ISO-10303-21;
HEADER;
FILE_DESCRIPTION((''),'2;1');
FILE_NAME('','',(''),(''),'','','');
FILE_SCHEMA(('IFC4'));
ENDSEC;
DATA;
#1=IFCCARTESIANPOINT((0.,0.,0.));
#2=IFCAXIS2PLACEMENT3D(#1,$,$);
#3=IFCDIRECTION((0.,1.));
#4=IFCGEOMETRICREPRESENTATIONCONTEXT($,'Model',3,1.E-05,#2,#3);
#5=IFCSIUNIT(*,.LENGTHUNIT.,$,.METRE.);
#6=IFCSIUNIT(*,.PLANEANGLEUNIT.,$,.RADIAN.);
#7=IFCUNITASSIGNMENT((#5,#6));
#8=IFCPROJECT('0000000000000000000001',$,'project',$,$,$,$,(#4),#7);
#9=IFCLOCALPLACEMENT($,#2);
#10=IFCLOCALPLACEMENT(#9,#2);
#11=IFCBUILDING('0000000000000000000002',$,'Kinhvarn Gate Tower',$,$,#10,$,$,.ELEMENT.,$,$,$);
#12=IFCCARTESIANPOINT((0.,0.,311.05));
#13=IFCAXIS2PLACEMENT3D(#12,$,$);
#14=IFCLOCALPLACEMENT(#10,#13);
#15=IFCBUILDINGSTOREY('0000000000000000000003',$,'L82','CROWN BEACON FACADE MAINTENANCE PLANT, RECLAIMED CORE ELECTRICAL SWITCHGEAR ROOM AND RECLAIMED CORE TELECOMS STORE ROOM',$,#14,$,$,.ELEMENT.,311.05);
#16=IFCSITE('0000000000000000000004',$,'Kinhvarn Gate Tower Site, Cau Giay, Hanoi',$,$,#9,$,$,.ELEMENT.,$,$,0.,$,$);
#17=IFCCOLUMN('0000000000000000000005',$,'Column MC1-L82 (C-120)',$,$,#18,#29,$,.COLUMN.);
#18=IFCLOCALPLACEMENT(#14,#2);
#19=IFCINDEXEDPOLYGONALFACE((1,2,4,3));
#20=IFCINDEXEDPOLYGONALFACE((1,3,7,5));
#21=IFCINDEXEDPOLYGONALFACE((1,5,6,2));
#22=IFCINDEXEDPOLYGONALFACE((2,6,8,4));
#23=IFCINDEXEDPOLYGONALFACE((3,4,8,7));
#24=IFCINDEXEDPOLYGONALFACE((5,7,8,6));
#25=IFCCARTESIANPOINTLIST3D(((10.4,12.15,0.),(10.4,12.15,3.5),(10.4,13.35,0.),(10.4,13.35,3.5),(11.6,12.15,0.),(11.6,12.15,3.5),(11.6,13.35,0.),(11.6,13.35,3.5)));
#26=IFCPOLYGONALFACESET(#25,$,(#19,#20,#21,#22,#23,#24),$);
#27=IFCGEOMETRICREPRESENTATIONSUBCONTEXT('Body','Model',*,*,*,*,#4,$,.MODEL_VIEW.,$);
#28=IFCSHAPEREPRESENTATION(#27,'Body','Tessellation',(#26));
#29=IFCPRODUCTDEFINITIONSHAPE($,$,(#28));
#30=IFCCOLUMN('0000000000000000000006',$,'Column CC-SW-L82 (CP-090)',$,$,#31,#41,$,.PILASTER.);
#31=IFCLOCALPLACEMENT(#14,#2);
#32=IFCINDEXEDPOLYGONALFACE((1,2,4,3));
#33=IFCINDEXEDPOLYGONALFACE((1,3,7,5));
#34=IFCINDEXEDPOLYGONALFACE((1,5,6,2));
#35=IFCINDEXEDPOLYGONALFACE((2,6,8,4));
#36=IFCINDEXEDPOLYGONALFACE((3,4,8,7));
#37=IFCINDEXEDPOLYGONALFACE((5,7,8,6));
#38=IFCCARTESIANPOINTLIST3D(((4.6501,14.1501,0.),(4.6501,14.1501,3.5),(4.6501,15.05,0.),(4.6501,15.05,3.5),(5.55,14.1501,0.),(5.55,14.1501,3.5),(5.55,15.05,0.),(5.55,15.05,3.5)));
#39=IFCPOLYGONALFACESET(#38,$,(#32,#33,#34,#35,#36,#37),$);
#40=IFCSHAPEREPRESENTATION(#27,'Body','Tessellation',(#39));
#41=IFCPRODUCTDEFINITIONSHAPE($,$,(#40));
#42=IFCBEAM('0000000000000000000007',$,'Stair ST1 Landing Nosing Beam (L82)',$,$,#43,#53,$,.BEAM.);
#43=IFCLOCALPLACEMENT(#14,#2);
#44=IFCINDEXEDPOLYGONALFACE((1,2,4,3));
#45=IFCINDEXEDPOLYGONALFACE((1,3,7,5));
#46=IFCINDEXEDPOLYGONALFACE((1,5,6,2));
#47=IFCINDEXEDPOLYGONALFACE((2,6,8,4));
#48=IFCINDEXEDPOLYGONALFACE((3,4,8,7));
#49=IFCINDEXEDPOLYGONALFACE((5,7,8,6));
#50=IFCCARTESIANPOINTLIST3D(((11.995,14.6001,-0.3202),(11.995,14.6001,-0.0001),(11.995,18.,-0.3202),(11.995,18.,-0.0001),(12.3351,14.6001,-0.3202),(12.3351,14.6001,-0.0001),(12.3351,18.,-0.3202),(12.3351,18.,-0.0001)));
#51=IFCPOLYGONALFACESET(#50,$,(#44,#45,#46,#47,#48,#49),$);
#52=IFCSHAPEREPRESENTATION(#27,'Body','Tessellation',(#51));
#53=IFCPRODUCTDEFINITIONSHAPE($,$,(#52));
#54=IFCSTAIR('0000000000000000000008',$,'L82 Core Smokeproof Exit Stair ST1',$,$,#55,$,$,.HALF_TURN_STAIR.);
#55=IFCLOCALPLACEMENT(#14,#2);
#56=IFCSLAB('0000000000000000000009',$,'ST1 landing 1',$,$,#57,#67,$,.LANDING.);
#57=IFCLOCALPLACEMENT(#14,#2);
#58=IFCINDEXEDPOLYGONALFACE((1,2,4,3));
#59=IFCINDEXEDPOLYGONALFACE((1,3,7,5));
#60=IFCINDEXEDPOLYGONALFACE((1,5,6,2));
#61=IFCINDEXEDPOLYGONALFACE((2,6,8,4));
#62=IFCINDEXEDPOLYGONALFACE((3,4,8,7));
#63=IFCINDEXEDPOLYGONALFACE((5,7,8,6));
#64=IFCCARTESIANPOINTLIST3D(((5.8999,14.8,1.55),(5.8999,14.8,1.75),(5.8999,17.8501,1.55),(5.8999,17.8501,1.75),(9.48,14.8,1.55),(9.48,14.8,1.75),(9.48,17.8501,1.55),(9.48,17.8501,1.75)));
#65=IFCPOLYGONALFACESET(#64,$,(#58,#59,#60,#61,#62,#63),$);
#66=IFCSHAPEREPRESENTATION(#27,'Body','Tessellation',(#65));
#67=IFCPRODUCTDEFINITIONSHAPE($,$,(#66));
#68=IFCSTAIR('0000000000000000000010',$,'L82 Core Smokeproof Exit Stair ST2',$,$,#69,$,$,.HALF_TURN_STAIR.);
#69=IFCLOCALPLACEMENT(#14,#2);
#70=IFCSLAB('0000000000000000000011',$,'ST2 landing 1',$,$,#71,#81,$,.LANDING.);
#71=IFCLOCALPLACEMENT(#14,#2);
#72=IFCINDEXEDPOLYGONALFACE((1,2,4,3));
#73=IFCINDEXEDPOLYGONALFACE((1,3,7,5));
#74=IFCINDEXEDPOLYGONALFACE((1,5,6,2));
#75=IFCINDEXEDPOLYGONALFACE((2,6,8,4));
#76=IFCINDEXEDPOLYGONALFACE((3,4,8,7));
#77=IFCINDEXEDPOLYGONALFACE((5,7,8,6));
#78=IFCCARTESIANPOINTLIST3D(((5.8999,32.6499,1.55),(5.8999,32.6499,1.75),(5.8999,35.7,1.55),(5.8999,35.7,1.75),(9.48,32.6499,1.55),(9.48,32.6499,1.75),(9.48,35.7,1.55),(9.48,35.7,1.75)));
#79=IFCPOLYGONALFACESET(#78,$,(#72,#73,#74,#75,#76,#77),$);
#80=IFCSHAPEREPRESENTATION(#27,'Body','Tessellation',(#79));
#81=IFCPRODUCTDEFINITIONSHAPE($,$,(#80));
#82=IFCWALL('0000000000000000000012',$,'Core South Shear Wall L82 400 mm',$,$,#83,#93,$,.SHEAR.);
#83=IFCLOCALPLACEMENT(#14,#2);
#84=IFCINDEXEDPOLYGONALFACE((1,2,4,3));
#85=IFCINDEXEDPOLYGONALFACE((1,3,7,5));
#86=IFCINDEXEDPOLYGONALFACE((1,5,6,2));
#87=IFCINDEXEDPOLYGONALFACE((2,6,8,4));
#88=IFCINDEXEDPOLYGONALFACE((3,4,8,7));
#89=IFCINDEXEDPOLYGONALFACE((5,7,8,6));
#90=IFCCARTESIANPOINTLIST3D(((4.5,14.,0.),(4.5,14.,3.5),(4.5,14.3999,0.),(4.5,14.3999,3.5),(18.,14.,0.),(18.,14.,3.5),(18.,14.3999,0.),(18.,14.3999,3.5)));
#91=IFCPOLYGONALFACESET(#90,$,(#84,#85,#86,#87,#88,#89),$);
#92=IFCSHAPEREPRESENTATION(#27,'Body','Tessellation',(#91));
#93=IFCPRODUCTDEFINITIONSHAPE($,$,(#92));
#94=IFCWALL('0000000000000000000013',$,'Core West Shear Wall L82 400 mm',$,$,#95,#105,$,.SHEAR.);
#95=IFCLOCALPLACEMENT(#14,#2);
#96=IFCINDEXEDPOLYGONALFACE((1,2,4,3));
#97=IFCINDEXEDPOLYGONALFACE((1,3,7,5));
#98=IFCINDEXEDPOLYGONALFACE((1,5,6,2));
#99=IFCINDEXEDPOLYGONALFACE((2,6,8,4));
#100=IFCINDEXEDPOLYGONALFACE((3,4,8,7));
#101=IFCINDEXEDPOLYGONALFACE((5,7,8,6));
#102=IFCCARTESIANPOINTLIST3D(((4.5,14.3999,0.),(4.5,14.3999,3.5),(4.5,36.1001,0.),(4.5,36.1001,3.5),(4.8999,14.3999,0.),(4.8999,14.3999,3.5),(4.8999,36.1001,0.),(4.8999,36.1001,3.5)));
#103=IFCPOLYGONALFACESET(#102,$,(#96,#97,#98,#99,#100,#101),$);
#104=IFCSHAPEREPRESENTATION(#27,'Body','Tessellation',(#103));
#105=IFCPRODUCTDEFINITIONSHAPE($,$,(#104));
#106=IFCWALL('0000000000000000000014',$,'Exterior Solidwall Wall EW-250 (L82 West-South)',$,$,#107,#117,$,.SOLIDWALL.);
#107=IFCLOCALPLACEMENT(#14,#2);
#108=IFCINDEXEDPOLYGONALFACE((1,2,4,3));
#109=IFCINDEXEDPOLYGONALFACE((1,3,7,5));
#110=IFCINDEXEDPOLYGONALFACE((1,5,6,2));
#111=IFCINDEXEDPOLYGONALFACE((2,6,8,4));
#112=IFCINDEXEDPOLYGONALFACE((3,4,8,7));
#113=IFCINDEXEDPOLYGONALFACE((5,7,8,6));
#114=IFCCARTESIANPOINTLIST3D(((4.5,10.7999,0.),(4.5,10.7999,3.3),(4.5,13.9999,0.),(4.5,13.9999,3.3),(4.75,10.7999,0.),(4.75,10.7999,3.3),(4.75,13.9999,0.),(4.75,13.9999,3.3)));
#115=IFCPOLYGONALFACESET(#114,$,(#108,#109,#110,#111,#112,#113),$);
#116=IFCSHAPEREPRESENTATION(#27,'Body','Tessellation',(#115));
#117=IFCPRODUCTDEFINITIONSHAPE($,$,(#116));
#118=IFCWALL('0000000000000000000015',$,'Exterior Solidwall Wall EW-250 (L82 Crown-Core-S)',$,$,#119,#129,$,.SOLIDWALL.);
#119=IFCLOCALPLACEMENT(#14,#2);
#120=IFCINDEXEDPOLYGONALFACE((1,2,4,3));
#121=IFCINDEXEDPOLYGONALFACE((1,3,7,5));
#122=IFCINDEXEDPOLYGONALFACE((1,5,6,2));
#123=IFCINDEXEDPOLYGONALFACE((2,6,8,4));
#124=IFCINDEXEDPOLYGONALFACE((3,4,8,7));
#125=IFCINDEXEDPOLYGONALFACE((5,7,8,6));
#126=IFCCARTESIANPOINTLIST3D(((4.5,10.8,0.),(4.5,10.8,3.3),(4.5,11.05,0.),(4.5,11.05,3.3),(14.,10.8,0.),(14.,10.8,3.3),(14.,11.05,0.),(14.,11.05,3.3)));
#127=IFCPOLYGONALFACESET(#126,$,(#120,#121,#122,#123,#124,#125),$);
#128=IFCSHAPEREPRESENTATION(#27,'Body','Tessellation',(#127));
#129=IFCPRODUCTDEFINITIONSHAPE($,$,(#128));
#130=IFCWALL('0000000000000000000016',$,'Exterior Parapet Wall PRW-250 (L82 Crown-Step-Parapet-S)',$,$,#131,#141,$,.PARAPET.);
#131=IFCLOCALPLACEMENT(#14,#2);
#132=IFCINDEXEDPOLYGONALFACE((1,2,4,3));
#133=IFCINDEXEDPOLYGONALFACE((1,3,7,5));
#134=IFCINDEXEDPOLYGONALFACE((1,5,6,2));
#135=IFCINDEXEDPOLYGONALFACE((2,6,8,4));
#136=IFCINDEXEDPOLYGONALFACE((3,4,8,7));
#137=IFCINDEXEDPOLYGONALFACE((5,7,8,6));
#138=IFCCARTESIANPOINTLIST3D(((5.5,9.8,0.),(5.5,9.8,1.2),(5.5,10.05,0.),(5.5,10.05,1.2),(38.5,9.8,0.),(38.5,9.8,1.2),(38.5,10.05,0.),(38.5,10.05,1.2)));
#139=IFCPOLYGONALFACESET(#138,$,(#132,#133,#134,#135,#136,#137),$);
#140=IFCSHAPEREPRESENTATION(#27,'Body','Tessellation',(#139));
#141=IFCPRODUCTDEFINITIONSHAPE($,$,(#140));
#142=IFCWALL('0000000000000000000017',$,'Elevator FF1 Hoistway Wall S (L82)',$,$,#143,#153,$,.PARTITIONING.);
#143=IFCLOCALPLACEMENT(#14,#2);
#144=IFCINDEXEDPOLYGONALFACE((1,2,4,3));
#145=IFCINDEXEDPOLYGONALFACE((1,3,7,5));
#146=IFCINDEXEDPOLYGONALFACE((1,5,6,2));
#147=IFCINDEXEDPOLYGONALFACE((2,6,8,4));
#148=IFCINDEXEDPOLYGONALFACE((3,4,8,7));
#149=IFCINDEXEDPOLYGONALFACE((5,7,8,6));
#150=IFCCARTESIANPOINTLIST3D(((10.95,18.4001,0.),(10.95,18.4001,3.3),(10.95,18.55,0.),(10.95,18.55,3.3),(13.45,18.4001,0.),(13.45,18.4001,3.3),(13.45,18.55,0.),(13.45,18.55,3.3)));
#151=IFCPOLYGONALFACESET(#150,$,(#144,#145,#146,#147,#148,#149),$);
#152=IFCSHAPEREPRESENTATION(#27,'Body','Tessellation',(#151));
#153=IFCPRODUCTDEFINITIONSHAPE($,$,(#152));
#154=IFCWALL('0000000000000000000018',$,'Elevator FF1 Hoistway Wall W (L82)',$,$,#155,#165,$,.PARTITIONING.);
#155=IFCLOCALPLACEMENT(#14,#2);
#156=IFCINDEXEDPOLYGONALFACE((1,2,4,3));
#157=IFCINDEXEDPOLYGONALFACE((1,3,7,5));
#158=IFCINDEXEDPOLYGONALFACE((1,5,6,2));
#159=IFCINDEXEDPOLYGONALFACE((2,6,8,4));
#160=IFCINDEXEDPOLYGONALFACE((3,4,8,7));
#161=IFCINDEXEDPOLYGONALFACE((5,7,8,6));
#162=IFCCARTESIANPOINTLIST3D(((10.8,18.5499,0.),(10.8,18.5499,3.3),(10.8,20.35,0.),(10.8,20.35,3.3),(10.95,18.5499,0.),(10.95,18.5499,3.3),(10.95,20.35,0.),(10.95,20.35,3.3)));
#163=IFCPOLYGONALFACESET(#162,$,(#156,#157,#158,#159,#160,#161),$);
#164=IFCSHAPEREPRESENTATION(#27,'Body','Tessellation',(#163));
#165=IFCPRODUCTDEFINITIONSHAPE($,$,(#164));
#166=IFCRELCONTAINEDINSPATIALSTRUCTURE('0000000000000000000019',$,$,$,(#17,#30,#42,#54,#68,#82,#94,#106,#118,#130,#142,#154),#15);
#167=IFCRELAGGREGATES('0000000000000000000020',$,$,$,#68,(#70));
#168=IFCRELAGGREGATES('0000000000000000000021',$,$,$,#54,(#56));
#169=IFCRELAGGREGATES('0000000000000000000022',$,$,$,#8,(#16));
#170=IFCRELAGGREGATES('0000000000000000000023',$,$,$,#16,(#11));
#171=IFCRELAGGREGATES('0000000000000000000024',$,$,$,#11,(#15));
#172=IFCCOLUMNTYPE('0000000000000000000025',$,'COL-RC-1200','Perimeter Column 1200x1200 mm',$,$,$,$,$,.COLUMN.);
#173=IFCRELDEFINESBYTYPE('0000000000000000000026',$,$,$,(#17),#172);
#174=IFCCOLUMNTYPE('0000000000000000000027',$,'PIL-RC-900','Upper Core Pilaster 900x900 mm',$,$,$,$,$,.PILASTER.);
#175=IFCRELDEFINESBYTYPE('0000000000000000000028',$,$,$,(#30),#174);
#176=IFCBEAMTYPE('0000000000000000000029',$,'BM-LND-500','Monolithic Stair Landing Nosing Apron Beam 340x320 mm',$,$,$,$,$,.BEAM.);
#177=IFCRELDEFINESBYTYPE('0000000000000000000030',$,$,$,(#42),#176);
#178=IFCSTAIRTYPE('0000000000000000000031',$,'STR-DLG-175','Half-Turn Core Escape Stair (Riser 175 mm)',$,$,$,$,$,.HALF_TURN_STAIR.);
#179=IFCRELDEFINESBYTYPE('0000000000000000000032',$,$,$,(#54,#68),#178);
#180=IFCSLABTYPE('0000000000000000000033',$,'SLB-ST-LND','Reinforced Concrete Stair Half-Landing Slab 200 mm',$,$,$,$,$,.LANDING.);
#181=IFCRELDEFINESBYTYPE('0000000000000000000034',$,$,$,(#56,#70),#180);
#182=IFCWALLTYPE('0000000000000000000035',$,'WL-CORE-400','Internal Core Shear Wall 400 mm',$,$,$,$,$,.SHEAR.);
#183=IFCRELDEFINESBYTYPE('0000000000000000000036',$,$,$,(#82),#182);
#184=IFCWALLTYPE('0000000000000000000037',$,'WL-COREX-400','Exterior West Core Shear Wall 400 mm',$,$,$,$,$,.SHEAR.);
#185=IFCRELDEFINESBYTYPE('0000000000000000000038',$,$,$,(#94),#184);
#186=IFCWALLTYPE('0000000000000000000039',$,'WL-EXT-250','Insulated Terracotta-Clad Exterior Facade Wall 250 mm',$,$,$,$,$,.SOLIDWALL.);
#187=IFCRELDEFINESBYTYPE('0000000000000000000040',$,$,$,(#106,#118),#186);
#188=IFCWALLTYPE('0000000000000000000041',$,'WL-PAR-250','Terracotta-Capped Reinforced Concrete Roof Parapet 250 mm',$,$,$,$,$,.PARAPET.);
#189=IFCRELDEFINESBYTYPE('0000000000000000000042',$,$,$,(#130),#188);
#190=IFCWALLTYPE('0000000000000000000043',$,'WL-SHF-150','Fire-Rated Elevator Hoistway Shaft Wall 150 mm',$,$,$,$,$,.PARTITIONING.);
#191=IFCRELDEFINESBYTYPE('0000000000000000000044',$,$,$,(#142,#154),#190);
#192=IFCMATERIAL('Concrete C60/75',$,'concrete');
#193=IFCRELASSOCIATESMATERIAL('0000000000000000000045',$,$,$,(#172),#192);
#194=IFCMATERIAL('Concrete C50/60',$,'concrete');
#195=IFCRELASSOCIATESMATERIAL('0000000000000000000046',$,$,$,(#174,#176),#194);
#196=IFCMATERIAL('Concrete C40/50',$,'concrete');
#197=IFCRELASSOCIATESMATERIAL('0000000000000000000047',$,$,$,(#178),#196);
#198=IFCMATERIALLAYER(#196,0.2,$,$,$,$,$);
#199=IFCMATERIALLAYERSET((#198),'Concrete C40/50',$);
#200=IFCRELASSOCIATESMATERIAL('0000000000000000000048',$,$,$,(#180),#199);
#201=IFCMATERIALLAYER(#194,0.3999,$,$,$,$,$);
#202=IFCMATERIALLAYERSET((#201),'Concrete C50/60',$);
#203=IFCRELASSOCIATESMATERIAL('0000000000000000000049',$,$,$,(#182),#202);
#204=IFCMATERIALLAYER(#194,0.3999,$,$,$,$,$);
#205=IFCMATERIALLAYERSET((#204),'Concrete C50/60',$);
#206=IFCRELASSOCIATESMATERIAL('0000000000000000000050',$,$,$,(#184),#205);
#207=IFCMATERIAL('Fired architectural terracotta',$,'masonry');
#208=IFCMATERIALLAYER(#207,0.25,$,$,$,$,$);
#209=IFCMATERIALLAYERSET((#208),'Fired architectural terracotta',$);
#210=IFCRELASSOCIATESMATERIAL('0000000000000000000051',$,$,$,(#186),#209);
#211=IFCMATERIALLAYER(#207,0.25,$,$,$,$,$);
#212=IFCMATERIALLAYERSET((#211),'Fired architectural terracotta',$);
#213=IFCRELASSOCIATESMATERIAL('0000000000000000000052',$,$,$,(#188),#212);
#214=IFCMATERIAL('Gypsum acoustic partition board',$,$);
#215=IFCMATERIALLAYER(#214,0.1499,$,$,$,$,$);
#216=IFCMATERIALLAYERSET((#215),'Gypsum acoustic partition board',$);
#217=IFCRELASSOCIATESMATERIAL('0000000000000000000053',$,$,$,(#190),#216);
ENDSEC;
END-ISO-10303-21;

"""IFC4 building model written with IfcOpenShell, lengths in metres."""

from ifc_helpers import new_model, si_unit, direction, frame, frame_2d, origin, origin_2d, place, context, subcontext, project, spatial, polyline, rectangle, outline, extrude, material, layer, layer_set, material_profile, profile_set, type_object, element, aggregate, save


model = new_model("IFC4")

# Units and contexts
model_context = context("Model", 3, precision=1e-05, world=origin(), true_north=direction((0.0, 1.0)))
body_context = subcontext(model_context, "Body", "Model", "MODEL_VIEW")
ifc_project = project(units=[si_unit("LENGTHUNIT", "METRE"), si_unit("PLANEANGLEUNIT", "RADIAN")], contexts=[model_context])

# Site, building, storey
site_placement = place(None, origin())
site = spatial("IfcSite", under=ifc_project, at=site_placement, Name="Kinhvarn Gate Tower Site, Cau Giay, Hanoi", CompositionType="ELEMENT", RefElevation=0.0)
building_placement = place(site_placement, origin())
building = spatial("IfcBuilding", under=site, at=building_placement, Name="Kinhvarn Gate Tower", CompositionType="ELEMENT")
storey_placement = place(building_placement, frame((0.0, 0.0, 311.05)))
storey = spatial("IfcBuildingStorey", under=building, at=storey_placement, Name="L82", Description="CROWN BEACON FACADE MAINTENANCE PLANT, RECLAIMED CORE ELECTRICAL SWITCHGEAR ROOM AND RECLAIMED CORE TELECOMS STORE ROOM", CompositionType="ELEMENT", Elevation=311.05)

# Columns
ifc_material_1 = material(Name="Concrete C60/75", Category="concrete")
ifc_material_profile_1 = material_profile(ifc_material_1, rectangle(XDim=1.2, YDim=1.2, at=origin_2d()), Name="RC 1200x1200")
ifc_profile_set_1 = profile_set([ifc_material_profile_1], Name="Concrete C60/75")
column_type_1 = type_object("IfcColumnType", Name="COL-RC-1200", Description="Perimeter Column 1200x1200 mm", PredefinedType="COLUMN", material=ifc_profile_set_1)
column_1_placement = place(storey_placement, frame((11.0, 12.75, 0.0), z_axis=(0.0, 0.0, 1.0), x_axis=(1.0, 0.0, 0.0)))
element("IfcColumn", 1, at=column_1_placement, inside=storey, type_object=column_type_1, Name="Column MC1-L82 (C-120)", PredefinedType="COLUMN", context=body_context, shape_type="SweptSolid", body=[
    extrude(rectangle(XDim=1.2, YDim=1.2, at=origin_2d()), origin(), (0.0, 0.0, 1.0), 3.5),
])
ifc_material_2 = material(Name="Concrete C50/60", Category="concrete")
ifc_material_profile_2 = material_profile(ifc_material_2, rectangle(XDim=0.8999, YDim=0.8999, at=origin_2d()), Name="RC 900x900")
ifc_profile_set_2 = profile_set([ifc_material_profile_2], Name="Concrete C50/60")
column_type_2 = type_object("IfcColumnType", Name="PIL-RC-900", Description="Upper Core Pilaster 900x900 mm", PredefinedType="PILASTER", material=ifc_profile_set_2)
column_2_placement = place(storey_placement, frame((5.1001, 14.6001, 0.0), z_axis=(0.0, 0.0, 1.0), x_axis=(1.0, 0.0, 0.0)))
element("IfcColumn", 2, at=column_2_placement, inside=storey, type_object=column_type_2, Name="Column CC-SW-L82 (CP-090)", PredefinedType="PILASTER", context=body_context, shape_type="SweptSolid", body=[
    extrude(rectangle(XDim=0.8999, YDim=0.8999, at=origin_2d()), origin(), (0.0, 0.0, 1.0), 3.5),
])

# Beam
ifc_material_profile_3 = material_profile(ifc_material_2, rectangle(XDim=0.3401, YDim=0.3201, at=origin_2d()), Name="RC 340x320")
ifc_profile_set_3 = profile_set([ifc_material_profile_3], Name="Concrete C50/60")
beam_type = type_object("IfcBeamType", Name="BM-LND-500", Description="Monolithic Stair Landing Nosing Apron Beam 340x320 mm", PredefinedType="BEAM", material=ifc_profile_set_3)
beam_placement = place(storey_placement, frame((12.165, 14.6001, -0.1602), z_axis=(0.0, 1.0, 0.0), x_axis=(-1.0, 0.0, 0.0)))
element("IfcBeam", 3, at=beam_placement, inside=storey, type_object=beam_type, Name="Stair ST1 Landing Nosing Beam (L82)", PredefinedType="BEAM", context=body_context, shape_type="SweptSolid", body=[
    extrude(rectangle(XDim=0.3401, YDim=0.3201, at=origin_2d()), origin(), (0.0, 0.0, 1.0), 3.3999),
])

# Stairs, slabs
ifc_material_3 = material(Name="Concrete C40/50", Category="concrete")
stair_type = type_object("IfcStairType", Name="STR-DLG-175", Description="Half-Turn Core Escape Stair (Riser 175 mm)", PredefinedType="HALF_TURN_STAIR", material=ifc_material_3)
stair_1_placement = place(storey_placement, origin())
stair_1 = element("IfcStair", 4, at=stair_1_placement, inside=storey, type_object=stair_type, Name="L82 Core Smokeproof Exit Stair ST1", PredefinedType="HALF_TURN_STAIR")
ifc_layer_1 = layer(ifc_material_3, 0.2)
ifc_layer_set_1 = layer_set([ifc_layer_1], Name="Concrete C40/50")
slab_type = type_object("IfcSlabType", Name="SLB-ST-LND", Description="Reinforced Concrete Stair Half-Landing Slab 200 mm", PredefinedType="LANDING", material=ifc_layer_set_1)
slab_1_placement = place(storey_placement, frame((0.0, 0.0, 1.55)))
slab_1 = element("IfcSlab", 5, at=slab_1_placement, type_object=slab_type, Name="ST1 landing 1", PredefinedType="LANDING", context=body_context, shape_type="SweptSolid", body=[
    extrude(outline(polyline([(9.48, 17.8501), (5.8999, 17.8501), (5.8999, 14.8), (9.48, 14.8), (9.48, 17.8501)])), origin(), (0.0, 0.0, 1.0), 0.2),
])
stair_2_placement = place(storey_placement, origin())
stair_2 = element("IfcStair", 6, at=stair_2_placement, inside=storey, type_object=stair_type, Name="L82 Core Smokeproof Exit Stair ST2", PredefinedType="HALF_TURN_STAIR")
slab_2_placement = place(storey_placement, frame((0.0, 0.0, 1.55)))
slab_2 = element("IfcSlab", 7, at=slab_2_placement, type_object=slab_type, Name="ST2 landing 1", PredefinedType="LANDING", context=body_context, shape_type="SweptSolid", body=[
    extrude(outline(polyline([(9.48, 35.7), (5.8999, 35.7), (5.8999, 32.6499), (9.48, 32.6499), (9.48, 35.7)])), origin(), (0.0, 0.0, 1.0), 0.2),
])
aggregate(stair_2, [slab_2])

# Walls
ifc_layer_2 = layer(ifc_material_2, 0.3999)
ifc_layer_set_2 = layer_set([ifc_layer_2], Name="Concrete C50/60")
wall_type_1 = type_object("IfcWallType", Name="WL-CORE-400", Description="Internal Core Shear Wall 400 mm", PredefinedType="SHEAR", material=ifc_layer_set_2)
wall_1_placement = place(storey_placement, frame((4.5, 14.2, 0.0), z_axis=(0.0, 0.0, 1.0), x_axis=(1.0, 0.0, 0.0)))
element("IfcWall", 8, at=wall_1_placement, inside=storey, type_object=wall_type_1, Name="Core South Shear Wall L82 400 mm", PredefinedType="SHEAR", context=body_context, shape_type="SweptSolid", body=[
    extrude(rectangle(XDim=13.5, YDim=0.3999, at=frame_2d((6.75, 0.0))), origin(), (0.0, 0.0, 1.0), 3.5),
])
ifc_layer_3 = layer(ifc_material_2, 0.3999)
ifc_layer_set_3 = layer_set([ifc_layer_3], Name="Concrete C50/60")
wall_type_2 = type_object("IfcWallType", Name="WL-COREX-400", Description="Exterior West Core Shear Wall 400 mm", PredefinedType="SHEAR", material=ifc_layer_set_3)
wall_2_placement = place(storey_placement, frame((4.7, 14.3999, 0.0), z_axis=(0.0, 0.0, 1.0), x_axis=(0.0, 1.0, 0.0)))
element("IfcWall", 9, at=wall_2_placement, inside=storey, type_object=wall_type_2, Name="Core West Shear Wall L82 400 mm", PredefinedType="SHEAR", context=body_context, shape_type="SweptSolid", body=[
    extrude(rectangle(XDim=21.7002, YDim=0.3999, at=frame_2d((10.8501, 0.0))), origin(), (0.0, 0.0, 1.0), 3.5),
])
ifc_material_4 = material(Name="Fired architectural terracotta", Category="masonry")
ifc_layer_4 = layer(ifc_material_4, 0.25)
ifc_layer_set_4 = layer_set([ifc_layer_4], Name="Fired architectural terracotta")
wall_type_3 = type_object("IfcWallType", Name="WL-EXT-250", Description="Insulated Terracotta-Clad Exterior Facade Wall 250 mm", PredefinedType="SOLIDWALL", material=ifc_layer_set_4)
wall_3_placement = place(storey_placement, frame((4.625, 14.0, 0.0), z_axis=(0.0, 0.0, 1.0), x_axis=(0.0, -1.0, 0.0)))
element("IfcWall", 10, at=wall_3_placement, inside=storey, type_object=wall_type_3, Name="Exterior Solidwall Wall EW-250 (L82 West-South)", PredefinedType="SOLIDWALL", context=body_context, shape_type="SweptSolid", body=[
    extrude(rectangle(XDim=3.2, YDim=0.25, at=frame_2d((1.6001, 0.0))), origin(), (0.0, 0.0, 1.0), 3.3),
])
wall_4_placement = place(storey_placement, frame((4.5, 10.925, 0.0), z_axis=(0.0, 0.0, 1.0), x_axis=(1.0, 0.0, 0.0)))
element("IfcWall", 11, at=wall_4_placement, inside=storey, type_object=wall_type_3, Name="Exterior Solidwall Wall EW-250 (L82 Crown-Core-S)", PredefinedType="SOLIDWALL", context=body_context, shape_type="SweptSolid", body=[
    extrude(rectangle(XDim=9.5, YDim=0.25, at=frame_2d((4.75, 0.0))), origin(), (0.0, 0.0, 1.0), 3.3),
])
ifc_layer_5 = layer(ifc_material_4, 0.25)
ifc_layer_set_5 = layer_set([ifc_layer_5], Name="Fired architectural terracotta")
wall_type_4 = type_object("IfcWallType", Name="WL-PAR-250", Description="Terracotta-Capped Reinforced Concrete Roof Parapet 250 mm", PredefinedType="PARAPET", material=ifc_layer_set_5)
wall_5_placement = place(storey_placement, frame((5.5, 9.925, 0.0), z_axis=(0.0, 0.0, 1.0), x_axis=(1.0, 0.0, 0.0)))
element("IfcWall", 12, at=wall_5_placement, inside=storey, type_object=wall_type_4, Name="Exterior Parapet Wall PRW-250 (L82 Crown-Step-Parapet-S)", PredefinedType="PARAPET", context=body_context, shape_type="SweptSolid", body=[
    extrude(rectangle(XDim=33.0, YDim=0.25, at=frame_2d((16.5, 0.0))), origin(), (0.0, 0.0, 1.0), 1.2),
])
ifc_material_5 = material(Name="Gypsum acoustic partition board")
ifc_layer_6 = layer(ifc_material_5, 0.1499)
ifc_layer_set_6 = layer_set([ifc_layer_6], Name="Gypsum acoustic partition board")
wall_type_5 = type_object("IfcWallType", Name="WL-SHF-150", Description="Fire-Rated Elevator Hoistway Shaft Wall 150 mm", PredefinedType="PARTITIONING", material=ifc_layer_set_6)
wall_6_placement = place(storey_placement, frame((10.95, 18.4751, 0.0), z_axis=(0.0, 0.0, 1.0), x_axis=(1.0, 0.0, 0.0)))
element("IfcWall", 13, at=wall_6_placement, inside=storey, type_object=wall_type_5, Name="Elevator FF1 Hoistway Wall S (L82)", PredefinedType="PARTITIONING", context=body_context, shape_type="SweptSolid", body=[
    extrude(rectangle(XDim=2.5, YDim=0.1499, at=frame_2d((1.25, 0.0))), origin(), (0.0, 0.0, 1.0), 3.3),
])
wall_7_placement = place(storey_placement, frame((10.875, 18.55, 0.0), z_axis=(0.0, 0.0, 1.0), x_axis=(0.0, 1.0, 0.0)))
element("IfcWall", 14, at=wall_7_placement, inside=storey, type_object=wall_type_5, Name="Elevator FF1 Hoistway Wall W (L82)", PredefinedType="PARTITIONING", context=body_context, shape_type="SweptSolid", body=[
    extrude(rectangle(XDim=1.8, YDim=0.1499, at=frame_2d((0.8999, 0.0))), origin(), (0.0, 0.0, 1.0), 3.3),
])

aggregate(stair_1, [slab_1])

save(model, "model.ifc")
